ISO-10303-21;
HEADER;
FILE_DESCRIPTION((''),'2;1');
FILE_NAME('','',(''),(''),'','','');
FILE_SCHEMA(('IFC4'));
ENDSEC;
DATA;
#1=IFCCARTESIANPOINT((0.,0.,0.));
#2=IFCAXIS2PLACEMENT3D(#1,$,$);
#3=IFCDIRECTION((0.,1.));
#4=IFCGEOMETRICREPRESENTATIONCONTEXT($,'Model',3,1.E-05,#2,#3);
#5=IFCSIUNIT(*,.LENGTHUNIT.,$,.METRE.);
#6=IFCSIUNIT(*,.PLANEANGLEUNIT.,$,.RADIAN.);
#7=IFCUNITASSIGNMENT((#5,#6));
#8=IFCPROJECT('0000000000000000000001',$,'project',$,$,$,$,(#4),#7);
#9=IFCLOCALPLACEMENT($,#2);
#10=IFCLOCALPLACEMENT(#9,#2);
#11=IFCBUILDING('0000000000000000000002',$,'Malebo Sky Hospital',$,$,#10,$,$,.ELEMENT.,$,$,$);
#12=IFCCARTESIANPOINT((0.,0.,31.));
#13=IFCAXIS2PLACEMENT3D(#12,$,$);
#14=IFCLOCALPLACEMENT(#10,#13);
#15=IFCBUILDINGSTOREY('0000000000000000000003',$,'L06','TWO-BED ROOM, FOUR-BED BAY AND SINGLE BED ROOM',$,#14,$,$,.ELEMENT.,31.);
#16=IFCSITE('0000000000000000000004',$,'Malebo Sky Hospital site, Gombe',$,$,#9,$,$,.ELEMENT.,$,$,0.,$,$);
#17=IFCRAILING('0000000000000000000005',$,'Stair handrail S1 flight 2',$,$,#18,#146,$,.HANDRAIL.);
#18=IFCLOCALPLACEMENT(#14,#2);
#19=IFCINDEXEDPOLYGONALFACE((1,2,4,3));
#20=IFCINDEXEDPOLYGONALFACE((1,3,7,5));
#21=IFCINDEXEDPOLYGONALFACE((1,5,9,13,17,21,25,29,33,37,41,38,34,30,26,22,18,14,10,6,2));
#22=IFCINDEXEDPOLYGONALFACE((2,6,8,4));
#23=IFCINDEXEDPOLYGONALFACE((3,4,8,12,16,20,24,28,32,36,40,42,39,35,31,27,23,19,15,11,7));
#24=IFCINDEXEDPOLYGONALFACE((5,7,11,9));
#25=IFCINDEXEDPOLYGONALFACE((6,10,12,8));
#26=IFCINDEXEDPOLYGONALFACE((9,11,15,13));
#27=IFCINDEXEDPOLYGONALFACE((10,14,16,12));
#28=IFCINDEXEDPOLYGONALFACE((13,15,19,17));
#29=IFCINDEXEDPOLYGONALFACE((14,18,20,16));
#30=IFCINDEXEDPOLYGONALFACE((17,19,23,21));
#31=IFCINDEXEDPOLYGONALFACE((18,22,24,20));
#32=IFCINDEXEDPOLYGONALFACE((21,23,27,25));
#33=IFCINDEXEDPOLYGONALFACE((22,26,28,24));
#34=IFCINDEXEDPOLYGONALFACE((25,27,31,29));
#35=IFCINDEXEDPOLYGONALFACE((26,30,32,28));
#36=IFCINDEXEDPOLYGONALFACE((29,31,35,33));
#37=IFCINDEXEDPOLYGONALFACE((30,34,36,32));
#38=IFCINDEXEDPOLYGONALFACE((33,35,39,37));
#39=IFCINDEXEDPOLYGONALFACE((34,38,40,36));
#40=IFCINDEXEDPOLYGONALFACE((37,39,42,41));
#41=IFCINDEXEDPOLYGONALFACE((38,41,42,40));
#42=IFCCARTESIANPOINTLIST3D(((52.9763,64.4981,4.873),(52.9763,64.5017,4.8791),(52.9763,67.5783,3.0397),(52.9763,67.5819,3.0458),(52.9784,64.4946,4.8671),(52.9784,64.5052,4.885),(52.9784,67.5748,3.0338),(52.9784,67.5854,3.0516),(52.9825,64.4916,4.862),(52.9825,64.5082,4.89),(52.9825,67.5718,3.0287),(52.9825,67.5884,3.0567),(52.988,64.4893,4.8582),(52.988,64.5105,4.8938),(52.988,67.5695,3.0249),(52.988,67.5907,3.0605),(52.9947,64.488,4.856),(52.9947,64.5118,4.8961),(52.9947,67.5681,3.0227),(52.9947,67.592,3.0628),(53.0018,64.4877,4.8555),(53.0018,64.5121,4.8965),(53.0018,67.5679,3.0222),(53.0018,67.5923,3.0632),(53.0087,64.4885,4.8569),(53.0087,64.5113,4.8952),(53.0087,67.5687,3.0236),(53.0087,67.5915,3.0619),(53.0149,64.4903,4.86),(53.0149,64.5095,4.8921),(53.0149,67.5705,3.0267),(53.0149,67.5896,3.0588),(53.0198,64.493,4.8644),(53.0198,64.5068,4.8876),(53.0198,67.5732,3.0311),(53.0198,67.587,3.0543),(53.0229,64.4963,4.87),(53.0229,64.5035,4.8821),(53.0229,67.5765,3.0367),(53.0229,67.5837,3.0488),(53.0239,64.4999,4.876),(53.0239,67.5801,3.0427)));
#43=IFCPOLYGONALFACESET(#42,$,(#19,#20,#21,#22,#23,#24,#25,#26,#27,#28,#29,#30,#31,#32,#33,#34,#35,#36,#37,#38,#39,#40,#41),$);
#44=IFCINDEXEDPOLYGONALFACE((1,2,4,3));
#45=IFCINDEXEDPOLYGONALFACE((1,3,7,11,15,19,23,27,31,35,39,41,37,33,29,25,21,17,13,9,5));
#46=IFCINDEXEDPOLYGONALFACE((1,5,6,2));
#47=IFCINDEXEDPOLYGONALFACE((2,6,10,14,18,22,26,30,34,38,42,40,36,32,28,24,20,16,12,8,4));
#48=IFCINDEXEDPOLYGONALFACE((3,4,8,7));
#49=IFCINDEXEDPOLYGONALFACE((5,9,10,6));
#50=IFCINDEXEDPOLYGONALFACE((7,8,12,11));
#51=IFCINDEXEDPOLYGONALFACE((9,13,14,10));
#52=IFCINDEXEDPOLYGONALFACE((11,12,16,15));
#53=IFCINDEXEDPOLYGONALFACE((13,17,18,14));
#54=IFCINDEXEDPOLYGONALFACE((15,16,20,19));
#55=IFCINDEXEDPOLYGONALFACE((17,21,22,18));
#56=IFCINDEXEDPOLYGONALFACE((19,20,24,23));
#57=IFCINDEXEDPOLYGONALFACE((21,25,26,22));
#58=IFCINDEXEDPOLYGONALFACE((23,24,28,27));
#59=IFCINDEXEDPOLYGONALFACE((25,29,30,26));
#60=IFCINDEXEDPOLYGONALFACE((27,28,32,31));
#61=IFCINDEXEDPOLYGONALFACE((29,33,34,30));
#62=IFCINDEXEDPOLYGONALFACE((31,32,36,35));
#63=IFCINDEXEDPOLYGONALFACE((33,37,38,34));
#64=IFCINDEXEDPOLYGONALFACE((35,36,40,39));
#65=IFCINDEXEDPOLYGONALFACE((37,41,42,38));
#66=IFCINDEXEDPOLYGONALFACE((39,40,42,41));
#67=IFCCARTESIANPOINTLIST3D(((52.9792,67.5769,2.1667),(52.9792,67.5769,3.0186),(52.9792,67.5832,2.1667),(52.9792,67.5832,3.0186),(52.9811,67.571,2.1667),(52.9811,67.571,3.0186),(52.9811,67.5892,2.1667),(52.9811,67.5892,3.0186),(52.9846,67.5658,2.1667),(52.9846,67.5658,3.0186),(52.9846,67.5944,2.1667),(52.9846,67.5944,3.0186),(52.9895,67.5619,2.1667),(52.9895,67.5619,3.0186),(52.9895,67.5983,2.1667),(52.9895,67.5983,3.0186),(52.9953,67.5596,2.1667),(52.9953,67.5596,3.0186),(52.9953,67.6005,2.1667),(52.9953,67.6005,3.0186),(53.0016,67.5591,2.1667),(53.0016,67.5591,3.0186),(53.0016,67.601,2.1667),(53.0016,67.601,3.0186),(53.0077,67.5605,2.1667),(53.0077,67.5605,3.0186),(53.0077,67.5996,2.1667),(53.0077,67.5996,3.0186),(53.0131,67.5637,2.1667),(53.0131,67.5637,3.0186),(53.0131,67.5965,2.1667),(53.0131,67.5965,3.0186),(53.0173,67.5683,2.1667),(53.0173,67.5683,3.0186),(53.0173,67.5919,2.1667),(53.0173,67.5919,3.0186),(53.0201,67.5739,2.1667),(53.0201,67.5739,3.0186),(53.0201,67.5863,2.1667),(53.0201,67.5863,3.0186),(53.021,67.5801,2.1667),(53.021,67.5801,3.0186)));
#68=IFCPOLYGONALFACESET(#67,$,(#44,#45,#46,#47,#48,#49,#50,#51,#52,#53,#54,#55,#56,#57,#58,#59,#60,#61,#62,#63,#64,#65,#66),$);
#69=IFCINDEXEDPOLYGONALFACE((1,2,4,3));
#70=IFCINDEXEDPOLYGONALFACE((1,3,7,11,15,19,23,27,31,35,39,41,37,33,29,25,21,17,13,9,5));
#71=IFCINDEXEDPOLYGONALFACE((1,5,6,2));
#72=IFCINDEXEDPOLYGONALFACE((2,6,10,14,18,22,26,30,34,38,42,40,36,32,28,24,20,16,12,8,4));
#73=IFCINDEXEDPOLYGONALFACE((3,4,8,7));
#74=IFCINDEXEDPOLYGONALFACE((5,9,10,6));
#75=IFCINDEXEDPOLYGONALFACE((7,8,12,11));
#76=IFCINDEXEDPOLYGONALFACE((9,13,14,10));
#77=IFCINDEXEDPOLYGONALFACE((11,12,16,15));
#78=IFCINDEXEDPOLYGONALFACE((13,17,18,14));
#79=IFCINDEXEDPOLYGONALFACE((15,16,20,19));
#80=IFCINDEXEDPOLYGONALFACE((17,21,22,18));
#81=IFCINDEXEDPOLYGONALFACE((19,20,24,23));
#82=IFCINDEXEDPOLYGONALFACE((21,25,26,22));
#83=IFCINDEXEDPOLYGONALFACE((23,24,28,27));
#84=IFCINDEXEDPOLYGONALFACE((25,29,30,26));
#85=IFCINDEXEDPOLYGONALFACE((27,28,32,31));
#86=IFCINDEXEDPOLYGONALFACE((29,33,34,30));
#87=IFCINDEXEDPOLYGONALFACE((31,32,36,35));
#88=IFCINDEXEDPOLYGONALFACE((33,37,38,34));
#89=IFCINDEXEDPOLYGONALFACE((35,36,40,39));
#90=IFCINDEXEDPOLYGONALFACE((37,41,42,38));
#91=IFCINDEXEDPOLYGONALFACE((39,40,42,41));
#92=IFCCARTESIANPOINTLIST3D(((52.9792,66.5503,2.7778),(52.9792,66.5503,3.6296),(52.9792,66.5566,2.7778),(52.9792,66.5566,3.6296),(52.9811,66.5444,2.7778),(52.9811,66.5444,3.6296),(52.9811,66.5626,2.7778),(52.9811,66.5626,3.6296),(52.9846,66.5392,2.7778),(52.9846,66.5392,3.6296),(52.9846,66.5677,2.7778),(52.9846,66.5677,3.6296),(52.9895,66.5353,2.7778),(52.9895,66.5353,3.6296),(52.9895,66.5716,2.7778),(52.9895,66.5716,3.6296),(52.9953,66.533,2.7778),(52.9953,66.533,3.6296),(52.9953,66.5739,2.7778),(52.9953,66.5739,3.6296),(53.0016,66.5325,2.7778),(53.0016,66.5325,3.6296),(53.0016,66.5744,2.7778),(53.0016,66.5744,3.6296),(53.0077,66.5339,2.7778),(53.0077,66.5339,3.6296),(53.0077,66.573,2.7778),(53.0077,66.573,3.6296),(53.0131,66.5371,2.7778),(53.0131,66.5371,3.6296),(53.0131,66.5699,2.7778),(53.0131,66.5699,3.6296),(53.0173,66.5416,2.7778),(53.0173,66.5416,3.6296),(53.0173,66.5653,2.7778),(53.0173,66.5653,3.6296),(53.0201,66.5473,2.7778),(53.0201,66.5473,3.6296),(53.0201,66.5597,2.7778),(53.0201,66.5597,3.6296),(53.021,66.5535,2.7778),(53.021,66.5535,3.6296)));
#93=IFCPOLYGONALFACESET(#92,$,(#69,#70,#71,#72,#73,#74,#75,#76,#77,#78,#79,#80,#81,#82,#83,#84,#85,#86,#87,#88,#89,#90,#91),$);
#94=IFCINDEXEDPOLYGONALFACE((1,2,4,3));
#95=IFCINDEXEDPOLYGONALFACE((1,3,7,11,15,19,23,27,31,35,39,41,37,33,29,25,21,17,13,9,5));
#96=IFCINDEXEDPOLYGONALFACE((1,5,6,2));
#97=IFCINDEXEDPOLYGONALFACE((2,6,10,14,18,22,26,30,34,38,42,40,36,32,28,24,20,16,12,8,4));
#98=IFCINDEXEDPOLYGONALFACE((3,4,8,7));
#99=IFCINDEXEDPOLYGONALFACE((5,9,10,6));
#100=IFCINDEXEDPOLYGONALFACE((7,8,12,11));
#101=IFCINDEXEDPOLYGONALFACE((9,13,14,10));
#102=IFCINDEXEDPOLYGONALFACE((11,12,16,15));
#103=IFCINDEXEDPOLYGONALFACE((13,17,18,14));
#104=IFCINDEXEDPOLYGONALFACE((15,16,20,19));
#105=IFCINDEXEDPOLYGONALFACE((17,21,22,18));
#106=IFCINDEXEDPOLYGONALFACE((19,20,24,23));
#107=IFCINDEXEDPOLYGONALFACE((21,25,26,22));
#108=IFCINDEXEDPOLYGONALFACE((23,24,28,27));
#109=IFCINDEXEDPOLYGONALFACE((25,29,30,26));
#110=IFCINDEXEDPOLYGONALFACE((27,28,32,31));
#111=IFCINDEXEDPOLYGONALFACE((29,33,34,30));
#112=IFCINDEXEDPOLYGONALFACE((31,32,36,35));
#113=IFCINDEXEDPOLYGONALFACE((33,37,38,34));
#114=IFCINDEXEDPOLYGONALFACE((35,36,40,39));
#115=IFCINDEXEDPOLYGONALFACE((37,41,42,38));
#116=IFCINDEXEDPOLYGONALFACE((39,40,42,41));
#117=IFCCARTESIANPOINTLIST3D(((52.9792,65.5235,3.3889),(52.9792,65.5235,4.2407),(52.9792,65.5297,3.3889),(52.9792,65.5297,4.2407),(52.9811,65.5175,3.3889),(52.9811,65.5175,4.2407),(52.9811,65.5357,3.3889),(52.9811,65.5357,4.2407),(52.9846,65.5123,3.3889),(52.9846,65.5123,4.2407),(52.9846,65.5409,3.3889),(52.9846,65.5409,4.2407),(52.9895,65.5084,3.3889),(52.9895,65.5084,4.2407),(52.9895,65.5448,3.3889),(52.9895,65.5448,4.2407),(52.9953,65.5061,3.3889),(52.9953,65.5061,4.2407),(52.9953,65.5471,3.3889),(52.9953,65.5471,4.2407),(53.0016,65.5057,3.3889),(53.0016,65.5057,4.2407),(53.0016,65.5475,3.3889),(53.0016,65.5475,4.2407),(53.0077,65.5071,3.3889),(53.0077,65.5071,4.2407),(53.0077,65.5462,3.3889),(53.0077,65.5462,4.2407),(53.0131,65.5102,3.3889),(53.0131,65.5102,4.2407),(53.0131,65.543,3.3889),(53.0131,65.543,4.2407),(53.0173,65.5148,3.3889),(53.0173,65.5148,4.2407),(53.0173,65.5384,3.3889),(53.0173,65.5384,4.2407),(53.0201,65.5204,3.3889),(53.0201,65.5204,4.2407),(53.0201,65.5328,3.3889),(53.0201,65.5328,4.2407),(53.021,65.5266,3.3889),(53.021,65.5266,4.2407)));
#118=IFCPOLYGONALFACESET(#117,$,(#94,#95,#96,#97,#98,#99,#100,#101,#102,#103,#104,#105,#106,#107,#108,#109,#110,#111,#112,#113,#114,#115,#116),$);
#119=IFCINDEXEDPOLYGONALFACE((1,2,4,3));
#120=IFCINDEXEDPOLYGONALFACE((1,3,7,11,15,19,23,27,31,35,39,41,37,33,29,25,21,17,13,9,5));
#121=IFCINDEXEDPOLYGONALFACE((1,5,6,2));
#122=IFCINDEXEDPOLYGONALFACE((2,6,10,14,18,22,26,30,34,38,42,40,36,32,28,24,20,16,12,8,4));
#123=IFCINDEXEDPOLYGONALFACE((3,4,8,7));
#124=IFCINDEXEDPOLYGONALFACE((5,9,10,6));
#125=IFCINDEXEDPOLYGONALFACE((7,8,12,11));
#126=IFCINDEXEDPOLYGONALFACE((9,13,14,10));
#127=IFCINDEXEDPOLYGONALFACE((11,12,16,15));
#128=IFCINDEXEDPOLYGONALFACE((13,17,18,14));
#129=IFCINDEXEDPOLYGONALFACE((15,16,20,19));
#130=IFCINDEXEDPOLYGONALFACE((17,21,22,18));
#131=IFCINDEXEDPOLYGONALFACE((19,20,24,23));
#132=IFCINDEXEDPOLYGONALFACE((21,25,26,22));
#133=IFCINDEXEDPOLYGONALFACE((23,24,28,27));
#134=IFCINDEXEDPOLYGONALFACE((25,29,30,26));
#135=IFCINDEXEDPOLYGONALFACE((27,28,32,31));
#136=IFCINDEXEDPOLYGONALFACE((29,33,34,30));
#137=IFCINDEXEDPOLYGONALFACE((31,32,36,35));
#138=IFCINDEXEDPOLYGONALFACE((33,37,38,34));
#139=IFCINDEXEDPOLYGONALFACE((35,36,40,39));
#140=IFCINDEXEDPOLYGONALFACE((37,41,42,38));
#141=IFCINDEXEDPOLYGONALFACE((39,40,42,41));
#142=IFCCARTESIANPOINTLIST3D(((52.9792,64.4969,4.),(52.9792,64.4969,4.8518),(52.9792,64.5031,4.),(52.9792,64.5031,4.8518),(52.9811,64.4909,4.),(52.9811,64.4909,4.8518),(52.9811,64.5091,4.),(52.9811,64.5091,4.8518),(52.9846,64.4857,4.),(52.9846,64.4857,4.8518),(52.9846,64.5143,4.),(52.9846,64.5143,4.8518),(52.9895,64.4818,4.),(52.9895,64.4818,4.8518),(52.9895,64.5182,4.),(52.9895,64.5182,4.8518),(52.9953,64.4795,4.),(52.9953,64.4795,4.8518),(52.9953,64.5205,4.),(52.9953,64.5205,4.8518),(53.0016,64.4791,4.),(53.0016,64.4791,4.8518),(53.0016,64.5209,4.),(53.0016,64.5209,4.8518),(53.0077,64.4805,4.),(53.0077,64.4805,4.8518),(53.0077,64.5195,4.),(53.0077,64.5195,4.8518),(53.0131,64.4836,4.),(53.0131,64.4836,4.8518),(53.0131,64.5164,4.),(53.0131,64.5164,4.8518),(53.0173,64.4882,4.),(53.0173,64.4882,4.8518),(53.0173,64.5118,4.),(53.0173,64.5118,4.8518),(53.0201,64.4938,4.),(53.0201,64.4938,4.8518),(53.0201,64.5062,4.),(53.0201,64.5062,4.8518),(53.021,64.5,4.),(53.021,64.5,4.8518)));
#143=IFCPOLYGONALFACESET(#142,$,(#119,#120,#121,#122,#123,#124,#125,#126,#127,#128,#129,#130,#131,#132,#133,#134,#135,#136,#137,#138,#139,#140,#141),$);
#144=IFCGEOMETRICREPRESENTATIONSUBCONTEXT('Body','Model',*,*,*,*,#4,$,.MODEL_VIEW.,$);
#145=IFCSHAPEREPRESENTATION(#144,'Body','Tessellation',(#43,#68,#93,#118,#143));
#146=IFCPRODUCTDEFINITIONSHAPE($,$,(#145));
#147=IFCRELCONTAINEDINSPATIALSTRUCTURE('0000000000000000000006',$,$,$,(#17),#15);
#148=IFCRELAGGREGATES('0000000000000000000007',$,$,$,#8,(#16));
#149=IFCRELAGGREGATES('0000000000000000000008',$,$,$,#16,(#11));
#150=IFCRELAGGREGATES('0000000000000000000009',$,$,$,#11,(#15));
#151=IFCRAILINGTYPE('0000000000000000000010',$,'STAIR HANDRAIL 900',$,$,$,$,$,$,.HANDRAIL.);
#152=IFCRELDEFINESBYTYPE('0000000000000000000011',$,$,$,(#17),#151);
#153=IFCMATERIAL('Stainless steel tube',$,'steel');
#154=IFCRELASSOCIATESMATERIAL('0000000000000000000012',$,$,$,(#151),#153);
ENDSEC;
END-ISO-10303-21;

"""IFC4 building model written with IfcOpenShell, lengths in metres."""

from ifc_helpers import new_model, si_unit, direction, frame, origin, origin_2d, place, context, subcontext, project, spatial, circle, extrude, material, type_object, element, save


model = new_model("IFC4")

# Units and contexts
model_context = context("Model", 3, precision=1e-05, world=origin(), true_north=direction((0.0, 1.0)))
body_context = subcontext(model_context, "Body", "Model", "MODEL_VIEW")
ifc_project = project(units=[si_unit("LENGTHUNIT", "METRE"), si_unit("PLANEANGLEUNIT", "RADIAN")], contexts=[model_context])

# Site, building, storey
site_placement = place(None, origin())
site = spatial("IfcSite", under=ifc_project, at=site_placement, Name="Malebo Sky Hospital site, Gombe", CompositionType="ELEMENT", RefElevation=0.0)
building_placement = place(site_placement, origin())
building = spatial("IfcBuilding", under=site, at=building_placement, Name="Malebo Sky Hospital", CompositionType="ELEMENT")
storey_placement = place(building_placement, frame((0.0, 0.0, 31.0)))
storey = spatial("IfcBuildingStorey", under=building, at=storey_placement, Name="L06", Description="TWO-BED ROOM, FOUR-BED BAY AND SINGLE BED ROOM", CompositionType="ELEMENT", Elevation=31.0)

# Railing
ifc_material_1 = material(Name="Stainless steel tube", Category="steel")
railing_type = type_object("IfcRailingType", Name="STAIR HANDRAIL 900", PredefinedType="HANDRAIL", material=ifc_material_1)
railing_1_placement = place(storey_placement, frame((53.0, 67.5801, 2.1667)))
element("IfcRailing", 1, at=railing_1_placement, inside=storey, type_object=railing_type, Name="Stair handrail S1 flight 2", PredefinedType="HANDRAIL", context=body_context, shape_type="SweptSolid", body=[
    extrude(circle(Radius=0.0239, at=origin_2d()), frame((0.0, 0.0, 0.876), z_axis=(0.0, -0.859309, 0.511458), x_axis=(1.0, 0.0, 0.0)), (0.0, 0.0, 1.0), 3.5845),
    extrude(circle(Radius=0.021, at=origin_2d()), origin(), (0.0, 0.0, 1.0), 0.8518),
    extrude(circle(Radius=0.021, at=origin_2d()), frame((0.0, -1.0266, 0.6111)), (0.0, 0.0, 1.0), 0.8518),
    extrude(circle(Radius=0.021, at=origin_2d()), frame((0.0, -2.0535, 1.2222)), (0.0, 0.0, 1.0), 0.8518),
    extrude(circle(Radius=0.021, at=origin_2d()), frame((0.0, -3.0801, 1.8333)), (0.0, 0.0, 1.0), 0.8518),
])

save(model, "model.ifc")
